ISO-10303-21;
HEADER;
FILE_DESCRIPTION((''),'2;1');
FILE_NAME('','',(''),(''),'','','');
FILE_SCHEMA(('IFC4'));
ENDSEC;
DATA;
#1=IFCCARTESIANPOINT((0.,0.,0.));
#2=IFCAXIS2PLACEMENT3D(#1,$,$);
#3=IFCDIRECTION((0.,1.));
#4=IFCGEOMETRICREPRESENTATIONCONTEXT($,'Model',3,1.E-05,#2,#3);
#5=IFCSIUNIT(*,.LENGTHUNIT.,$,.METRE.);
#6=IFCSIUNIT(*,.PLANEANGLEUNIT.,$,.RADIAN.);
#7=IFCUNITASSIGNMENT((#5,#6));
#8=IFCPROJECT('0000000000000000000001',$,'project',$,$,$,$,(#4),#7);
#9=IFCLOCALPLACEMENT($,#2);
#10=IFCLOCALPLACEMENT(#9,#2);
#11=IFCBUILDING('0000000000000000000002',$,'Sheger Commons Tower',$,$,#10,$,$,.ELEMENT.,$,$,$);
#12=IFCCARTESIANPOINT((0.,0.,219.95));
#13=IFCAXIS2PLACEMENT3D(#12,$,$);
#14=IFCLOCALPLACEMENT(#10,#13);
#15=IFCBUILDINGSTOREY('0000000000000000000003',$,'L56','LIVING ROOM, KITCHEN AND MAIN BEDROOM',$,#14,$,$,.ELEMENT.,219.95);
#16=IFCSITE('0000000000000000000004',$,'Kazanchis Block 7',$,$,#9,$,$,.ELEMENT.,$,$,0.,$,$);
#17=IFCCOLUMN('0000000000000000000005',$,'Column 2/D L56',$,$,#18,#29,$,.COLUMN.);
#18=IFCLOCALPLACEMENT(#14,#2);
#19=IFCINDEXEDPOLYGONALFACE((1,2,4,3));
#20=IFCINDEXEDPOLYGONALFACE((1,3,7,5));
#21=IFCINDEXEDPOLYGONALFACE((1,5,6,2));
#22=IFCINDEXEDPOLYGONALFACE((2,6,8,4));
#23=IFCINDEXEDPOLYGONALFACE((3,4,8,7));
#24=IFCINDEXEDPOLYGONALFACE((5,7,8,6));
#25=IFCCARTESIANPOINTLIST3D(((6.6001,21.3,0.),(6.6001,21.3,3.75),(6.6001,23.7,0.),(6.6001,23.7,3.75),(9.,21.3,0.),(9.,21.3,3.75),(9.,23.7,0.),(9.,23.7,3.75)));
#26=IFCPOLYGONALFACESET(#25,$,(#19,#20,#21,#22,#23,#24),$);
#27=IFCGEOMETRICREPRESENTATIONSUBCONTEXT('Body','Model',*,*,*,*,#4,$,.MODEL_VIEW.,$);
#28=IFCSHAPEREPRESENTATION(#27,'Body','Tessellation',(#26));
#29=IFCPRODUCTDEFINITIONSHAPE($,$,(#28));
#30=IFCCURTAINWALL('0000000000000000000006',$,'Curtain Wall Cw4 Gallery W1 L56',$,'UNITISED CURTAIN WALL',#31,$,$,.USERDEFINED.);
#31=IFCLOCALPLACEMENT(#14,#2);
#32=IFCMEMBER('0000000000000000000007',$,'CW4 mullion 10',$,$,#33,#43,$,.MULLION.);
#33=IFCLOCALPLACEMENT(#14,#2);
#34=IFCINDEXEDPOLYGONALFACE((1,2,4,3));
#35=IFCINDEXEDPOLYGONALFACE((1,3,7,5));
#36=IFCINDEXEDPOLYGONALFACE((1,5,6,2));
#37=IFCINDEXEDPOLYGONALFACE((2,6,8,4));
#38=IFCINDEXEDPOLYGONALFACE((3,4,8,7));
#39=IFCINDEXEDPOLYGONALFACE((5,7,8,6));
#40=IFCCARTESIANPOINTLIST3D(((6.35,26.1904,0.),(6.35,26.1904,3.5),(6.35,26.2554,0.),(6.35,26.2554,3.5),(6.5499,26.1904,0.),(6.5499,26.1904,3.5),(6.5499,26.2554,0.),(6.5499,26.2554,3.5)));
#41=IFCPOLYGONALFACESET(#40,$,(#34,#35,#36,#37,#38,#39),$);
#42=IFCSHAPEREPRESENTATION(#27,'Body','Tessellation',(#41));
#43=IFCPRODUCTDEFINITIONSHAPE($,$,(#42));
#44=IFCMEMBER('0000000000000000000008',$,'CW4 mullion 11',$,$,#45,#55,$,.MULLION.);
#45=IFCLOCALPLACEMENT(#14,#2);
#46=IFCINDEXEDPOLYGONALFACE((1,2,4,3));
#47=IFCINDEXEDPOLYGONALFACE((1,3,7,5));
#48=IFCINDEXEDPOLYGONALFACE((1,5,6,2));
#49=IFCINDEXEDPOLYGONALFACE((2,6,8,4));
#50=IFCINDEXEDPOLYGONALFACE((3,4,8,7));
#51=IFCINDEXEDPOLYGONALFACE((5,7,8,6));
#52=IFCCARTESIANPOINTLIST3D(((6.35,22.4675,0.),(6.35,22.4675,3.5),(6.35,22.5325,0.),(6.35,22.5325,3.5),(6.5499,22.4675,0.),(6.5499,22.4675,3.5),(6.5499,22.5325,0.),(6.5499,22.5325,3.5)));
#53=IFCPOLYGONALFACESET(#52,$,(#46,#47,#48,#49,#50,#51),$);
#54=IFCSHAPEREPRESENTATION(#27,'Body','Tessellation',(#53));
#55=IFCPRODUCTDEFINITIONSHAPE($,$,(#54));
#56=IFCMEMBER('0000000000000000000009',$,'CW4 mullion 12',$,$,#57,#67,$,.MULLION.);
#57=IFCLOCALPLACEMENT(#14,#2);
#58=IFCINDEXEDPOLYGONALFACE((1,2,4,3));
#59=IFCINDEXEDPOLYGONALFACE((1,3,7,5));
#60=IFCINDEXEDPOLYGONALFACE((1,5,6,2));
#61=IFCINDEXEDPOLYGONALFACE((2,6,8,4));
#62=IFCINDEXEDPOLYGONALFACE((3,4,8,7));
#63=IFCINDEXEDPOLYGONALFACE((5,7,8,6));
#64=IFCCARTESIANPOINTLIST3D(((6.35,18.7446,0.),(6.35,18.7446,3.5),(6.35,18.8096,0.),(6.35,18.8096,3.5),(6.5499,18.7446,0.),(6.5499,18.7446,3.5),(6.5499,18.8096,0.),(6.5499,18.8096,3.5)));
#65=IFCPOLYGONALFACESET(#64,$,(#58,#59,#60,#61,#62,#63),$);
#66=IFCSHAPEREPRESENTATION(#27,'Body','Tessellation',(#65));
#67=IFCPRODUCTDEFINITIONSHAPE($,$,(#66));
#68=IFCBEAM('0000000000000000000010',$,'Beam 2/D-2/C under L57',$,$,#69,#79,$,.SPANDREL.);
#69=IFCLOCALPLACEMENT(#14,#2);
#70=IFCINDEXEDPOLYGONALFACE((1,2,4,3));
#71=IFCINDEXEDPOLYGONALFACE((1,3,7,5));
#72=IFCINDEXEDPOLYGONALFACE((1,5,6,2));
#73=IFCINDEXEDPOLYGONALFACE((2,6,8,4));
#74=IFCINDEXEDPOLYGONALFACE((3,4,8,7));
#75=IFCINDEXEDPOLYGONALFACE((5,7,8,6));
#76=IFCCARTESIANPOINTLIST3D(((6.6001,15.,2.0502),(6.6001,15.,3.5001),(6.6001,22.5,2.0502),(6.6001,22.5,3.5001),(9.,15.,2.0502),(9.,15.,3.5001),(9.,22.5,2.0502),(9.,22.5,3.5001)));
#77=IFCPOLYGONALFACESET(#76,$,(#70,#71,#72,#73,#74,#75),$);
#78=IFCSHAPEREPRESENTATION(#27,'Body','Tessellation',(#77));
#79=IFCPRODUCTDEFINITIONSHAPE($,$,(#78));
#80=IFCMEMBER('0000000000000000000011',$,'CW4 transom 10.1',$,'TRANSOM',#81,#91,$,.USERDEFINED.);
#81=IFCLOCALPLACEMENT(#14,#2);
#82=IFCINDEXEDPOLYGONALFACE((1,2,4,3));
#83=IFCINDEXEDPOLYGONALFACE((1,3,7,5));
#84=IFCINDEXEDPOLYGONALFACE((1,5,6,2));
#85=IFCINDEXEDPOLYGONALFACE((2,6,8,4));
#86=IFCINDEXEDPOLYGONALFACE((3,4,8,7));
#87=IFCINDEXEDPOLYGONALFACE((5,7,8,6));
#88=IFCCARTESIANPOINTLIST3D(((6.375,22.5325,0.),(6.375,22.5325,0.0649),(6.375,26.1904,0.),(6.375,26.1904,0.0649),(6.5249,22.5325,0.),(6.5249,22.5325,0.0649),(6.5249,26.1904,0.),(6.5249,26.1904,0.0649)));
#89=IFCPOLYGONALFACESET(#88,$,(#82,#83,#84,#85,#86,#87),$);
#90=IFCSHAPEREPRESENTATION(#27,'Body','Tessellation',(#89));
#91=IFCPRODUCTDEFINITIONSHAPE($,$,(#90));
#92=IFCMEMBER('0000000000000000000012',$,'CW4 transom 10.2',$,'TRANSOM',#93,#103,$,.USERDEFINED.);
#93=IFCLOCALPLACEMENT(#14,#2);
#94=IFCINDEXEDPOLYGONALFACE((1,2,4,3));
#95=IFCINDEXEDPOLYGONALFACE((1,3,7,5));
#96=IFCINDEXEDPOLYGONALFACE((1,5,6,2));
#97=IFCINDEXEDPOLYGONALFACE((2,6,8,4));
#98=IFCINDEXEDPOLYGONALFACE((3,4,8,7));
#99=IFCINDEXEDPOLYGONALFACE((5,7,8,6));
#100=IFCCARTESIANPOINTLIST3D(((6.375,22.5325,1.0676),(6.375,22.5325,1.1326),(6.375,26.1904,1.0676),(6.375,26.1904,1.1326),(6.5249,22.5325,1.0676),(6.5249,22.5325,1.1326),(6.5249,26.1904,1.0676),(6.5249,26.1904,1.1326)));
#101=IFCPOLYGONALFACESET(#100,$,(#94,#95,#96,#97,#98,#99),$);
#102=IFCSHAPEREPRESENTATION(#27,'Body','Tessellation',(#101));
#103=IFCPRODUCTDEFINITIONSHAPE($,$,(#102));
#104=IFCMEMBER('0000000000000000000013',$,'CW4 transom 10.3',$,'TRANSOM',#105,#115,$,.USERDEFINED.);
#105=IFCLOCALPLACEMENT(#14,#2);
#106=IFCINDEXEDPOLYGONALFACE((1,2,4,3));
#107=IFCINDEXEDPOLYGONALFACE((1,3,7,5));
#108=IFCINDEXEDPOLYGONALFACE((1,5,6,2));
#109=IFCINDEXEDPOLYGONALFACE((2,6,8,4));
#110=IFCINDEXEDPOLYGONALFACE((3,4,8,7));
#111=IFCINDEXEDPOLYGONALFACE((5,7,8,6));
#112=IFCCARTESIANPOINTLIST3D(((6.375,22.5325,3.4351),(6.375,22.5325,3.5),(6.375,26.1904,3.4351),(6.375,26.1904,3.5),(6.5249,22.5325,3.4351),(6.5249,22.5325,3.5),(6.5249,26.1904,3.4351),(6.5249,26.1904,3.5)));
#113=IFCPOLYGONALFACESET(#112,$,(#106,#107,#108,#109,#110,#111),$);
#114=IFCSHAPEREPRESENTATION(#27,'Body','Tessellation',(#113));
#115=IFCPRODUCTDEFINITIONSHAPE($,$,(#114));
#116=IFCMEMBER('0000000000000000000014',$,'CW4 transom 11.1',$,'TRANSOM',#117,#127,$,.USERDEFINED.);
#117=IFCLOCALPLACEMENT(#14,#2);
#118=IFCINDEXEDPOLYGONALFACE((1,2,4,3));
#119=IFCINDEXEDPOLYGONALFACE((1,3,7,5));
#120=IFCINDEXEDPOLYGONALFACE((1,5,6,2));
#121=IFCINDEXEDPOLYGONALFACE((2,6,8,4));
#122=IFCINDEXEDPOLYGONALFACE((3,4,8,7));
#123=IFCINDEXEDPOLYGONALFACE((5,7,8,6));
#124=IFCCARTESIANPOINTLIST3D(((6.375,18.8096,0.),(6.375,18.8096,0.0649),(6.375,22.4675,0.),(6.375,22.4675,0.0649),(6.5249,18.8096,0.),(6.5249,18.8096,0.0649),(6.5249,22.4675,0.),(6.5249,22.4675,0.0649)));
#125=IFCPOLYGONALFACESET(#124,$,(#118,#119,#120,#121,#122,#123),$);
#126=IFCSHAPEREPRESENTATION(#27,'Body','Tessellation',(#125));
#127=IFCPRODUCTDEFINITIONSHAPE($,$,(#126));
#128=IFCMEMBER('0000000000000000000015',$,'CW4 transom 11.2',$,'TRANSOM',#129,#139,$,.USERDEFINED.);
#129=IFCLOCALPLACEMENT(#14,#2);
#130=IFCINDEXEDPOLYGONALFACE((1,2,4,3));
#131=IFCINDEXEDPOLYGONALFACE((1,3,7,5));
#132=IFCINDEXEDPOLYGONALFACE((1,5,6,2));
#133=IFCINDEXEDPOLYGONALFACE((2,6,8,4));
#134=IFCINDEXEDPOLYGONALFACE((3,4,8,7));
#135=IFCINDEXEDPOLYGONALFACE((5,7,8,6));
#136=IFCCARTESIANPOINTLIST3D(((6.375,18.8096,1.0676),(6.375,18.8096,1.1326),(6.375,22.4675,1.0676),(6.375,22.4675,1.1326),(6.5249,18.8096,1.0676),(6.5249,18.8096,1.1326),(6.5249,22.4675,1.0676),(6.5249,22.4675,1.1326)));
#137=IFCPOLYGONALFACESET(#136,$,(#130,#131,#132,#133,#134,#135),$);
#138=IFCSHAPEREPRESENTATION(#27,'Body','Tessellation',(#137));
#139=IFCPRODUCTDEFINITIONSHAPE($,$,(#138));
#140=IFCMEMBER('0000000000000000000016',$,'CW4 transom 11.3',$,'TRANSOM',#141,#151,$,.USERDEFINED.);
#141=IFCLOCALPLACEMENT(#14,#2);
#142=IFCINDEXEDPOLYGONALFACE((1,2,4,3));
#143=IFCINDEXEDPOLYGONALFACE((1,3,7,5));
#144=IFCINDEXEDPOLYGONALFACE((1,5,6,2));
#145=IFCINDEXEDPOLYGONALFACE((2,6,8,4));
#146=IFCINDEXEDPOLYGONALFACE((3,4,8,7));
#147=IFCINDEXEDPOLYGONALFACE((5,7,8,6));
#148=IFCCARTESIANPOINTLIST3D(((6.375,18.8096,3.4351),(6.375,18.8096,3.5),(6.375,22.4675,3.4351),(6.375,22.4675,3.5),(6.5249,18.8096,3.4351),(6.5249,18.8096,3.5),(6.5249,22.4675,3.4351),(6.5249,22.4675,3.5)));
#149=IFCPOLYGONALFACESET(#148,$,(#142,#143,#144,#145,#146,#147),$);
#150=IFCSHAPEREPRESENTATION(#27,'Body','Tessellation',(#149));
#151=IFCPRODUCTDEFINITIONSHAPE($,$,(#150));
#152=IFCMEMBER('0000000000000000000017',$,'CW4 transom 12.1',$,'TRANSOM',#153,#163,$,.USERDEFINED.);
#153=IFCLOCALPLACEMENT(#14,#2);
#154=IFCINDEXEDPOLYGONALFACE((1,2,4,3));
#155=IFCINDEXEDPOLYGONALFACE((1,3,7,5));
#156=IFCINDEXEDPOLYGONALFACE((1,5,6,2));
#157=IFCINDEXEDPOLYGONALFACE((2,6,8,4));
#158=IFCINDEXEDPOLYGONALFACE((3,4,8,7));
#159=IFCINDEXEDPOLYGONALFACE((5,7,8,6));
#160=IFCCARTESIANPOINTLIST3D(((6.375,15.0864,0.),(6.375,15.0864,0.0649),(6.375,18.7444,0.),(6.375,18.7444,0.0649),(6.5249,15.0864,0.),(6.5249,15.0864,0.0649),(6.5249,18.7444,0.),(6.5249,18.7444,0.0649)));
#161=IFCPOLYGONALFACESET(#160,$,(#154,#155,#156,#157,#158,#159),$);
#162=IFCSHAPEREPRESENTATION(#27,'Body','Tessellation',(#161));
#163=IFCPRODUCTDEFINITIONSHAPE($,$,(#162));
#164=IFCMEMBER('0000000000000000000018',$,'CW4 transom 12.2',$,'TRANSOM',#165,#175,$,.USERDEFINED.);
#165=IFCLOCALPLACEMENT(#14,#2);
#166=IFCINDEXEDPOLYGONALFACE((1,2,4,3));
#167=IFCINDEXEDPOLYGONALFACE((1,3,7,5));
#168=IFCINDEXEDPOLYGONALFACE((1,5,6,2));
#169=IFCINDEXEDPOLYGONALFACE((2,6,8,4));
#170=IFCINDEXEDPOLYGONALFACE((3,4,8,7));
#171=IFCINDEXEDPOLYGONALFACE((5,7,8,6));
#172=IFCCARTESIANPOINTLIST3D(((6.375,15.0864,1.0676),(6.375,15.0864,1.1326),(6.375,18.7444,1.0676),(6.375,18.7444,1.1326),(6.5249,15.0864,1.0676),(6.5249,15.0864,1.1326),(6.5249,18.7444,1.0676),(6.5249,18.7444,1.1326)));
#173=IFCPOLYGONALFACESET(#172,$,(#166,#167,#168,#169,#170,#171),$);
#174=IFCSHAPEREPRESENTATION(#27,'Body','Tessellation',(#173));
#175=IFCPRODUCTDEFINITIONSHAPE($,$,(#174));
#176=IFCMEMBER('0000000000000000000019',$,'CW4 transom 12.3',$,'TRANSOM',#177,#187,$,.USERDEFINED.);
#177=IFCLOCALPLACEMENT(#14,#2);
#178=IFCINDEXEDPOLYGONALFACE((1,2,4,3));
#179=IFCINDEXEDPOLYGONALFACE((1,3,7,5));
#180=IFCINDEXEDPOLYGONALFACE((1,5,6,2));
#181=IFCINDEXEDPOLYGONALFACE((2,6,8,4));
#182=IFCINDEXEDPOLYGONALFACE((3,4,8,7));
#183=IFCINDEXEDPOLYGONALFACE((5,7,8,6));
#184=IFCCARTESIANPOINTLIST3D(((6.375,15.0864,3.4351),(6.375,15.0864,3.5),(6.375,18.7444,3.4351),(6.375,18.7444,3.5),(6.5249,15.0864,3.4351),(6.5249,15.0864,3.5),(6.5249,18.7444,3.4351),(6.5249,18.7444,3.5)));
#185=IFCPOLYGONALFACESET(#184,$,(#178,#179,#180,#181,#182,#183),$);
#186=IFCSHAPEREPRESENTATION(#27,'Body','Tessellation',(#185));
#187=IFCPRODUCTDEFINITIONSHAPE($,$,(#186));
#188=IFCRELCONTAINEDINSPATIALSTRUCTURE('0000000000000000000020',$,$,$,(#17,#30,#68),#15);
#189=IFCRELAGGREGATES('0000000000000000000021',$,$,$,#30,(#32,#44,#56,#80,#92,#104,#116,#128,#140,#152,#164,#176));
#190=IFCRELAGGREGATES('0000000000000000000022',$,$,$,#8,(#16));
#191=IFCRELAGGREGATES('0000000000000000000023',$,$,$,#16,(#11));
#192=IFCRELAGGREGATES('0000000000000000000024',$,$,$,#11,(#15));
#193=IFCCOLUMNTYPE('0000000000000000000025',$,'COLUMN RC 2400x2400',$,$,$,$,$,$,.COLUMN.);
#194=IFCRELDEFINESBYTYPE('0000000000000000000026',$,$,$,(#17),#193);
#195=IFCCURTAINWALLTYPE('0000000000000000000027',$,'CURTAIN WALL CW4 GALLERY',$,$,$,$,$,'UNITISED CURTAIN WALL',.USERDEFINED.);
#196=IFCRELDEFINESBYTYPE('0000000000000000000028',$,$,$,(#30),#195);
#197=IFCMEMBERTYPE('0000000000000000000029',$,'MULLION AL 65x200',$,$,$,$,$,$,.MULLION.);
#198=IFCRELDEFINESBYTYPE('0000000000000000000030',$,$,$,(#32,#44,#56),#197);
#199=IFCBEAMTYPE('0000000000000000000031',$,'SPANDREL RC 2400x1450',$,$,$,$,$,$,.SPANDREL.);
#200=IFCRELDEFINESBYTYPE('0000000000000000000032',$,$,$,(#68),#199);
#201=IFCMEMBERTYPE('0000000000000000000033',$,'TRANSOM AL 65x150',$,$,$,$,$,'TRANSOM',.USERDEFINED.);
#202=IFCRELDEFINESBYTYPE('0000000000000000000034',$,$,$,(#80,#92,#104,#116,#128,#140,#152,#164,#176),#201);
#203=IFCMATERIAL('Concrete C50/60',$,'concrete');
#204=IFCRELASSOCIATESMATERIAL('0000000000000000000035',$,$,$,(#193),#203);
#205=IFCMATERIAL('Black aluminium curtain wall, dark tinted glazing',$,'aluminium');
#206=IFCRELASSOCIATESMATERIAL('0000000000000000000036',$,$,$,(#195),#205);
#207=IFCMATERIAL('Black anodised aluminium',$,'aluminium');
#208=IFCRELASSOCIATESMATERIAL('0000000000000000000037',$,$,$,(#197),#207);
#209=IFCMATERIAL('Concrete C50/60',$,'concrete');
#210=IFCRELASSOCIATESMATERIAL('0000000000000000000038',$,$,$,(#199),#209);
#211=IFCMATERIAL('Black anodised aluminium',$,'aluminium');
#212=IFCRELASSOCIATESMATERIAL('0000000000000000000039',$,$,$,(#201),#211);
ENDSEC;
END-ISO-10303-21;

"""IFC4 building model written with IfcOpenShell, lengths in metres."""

from ifc_helpers import new_model, si_unit, direction, frame, origin, origin_2d, place, context, subcontext, project, spatial, rectangle, extrude, material, material_profile, profile_set, type_object, element, aggregate, save


model = new_model("IFC4")

# Units and contexts
model_context = context("Model", 3, precision=1e-05, world=origin(), true_north=direction((0.0, 1.0)))
body_context = subcontext(model_context, "Body", "Model", "MODEL_VIEW")
ifc_project = project(units=[si_unit("LENGTHUNIT", "METRE"), si_unit("PLANEANGLEUNIT", "RADIAN")], contexts=[model_context])

# Site, building, storey
site_placement = place(None, origin())
site = spatial("IfcSite", under=ifc_project, at=site_placement, Name="Kazanchis Block 7", CompositionType="ELEMENT", RefElevation=0.0)
building_placement = place(site_placement, origin())
building = spatial("IfcBuilding", under=site, at=building_placement, Name="Sheger Commons Tower", CompositionType="ELEMENT")
storey_placement = place(building_placement, frame((0.0, 0.0, 219.95)))
storey = spatial("IfcBuildingStorey", under=building, at=storey_placement, Name="L56", Description="LIVING ROOM, KITCHEN AND MAIN BEDROOM", CompositionType="ELEMENT", Elevation=219.95)

# Column
ifc_material_1 = material(Name="Concrete C50/60", Category="concrete")
ifc_material_profile_1 = material_profile(ifc_material_1, rectangle(XDim=2.3999, YDim=2.3999, at=origin_2d()), Name="RC 2400x2400")
ifc_profile_set_1 = profile_set([ifc_material_profile_1], Name="Concrete C50/60")
column_type = type_object("IfcColumnType", Name="COLUMN RC 2400x2400", PredefinedType="COLUMN", material=ifc_profile_set_1)
column_placement = place(storey_placement, frame((7.8, 22.5, 0.0), z_axis=(0.0, 0.0, 1.0), x_axis=(1.0, 0.0, 0.0)))
element("IfcColumn", 1, at=column_placement, inside=storey, type_object=column_type, Name="Column 2/D L56", PredefinedType="COLUMN", context=body_context, shape_type="SweptSolid", body=[
    extrude(rectangle(XDim=2.3999, YDim=2.3999, at=origin_2d()), origin(), (0.0, 0.0, 1.0), 3.75),
])

# Curtain wall, members
ifc_material_2 = material(Name="Black aluminium curtain wall, dark tinted glazing", Category="aluminium")
curtain_wall_type = type_object("IfcCurtainWallType", Name="CURTAIN WALL CW4 GALLERY", ElementType="UNITISED CURTAIN WALL", PredefinedType="USERDEFINED", material=ifc_material_2)
curtain_wall_placement = place(storey_placement, origin())
curtain_wall = element("IfcCurtainWall", 2, at=curtain_wall_placement, inside=storey, type_object=curtain_wall_type, Name="Curtain Wall Cw4 Gallery W1 L56", ObjectType="UNITISED CURTAIN WALL", PredefinedType="USERDEFINED")
ifc_material_3 = material(Name="Black anodised aluminium", Category="aluminium")
ifc_material_profile_2 = material_profile(ifc_material_3, rectangle(XDim=0.2, YDim=0.0649, at=origin_2d()), Name="AL 65x200")
ifc_profile_set_2 = profile_set([ifc_material_profile_2], Name="Black anodised aluminium")
member_type_1 = type_object("IfcMemberType", Name="MULLION AL 65x200", PredefinedType="MULLION", material=ifc_profile_set_2)
member_1_placement = place(storey_placement, frame((6.45, 26.2229, 0.0), z_axis=(0.0, 0.0, 1.0), x_axis=(1.0, 0.0, 0.0)))
member_1 = element("IfcMember", 3, at=member_1_placement, type_object=member_type_1, Name="CW4 mullion 10", PredefinedType="MULLION", context=body_context, shape_type="SweptSolid", body=[
    extrude(rectangle(XDim=0.2, YDim=0.0649, at=origin_2d()), origin(), (0.0, 0.0, 1.0), 3.5),
])
member_2_placement = place(storey_placement, frame((6.45, 22.5, 0.0), z_axis=(0.0, 0.0, 1.0), x_axis=(1.0, 0.0, 0.0)))
member_2 = element("IfcMember", 4, at=member_2_placement, type_object=member_type_1, Name="CW4 mullion 11", PredefinedType="MULLION", context=body_context, shape_type="SweptSolid", body=[
    extrude(rectangle(XDim=0.2, YDim=0.0649, at=origin_2d()), origin(), (0.0, 0.0, 1.0), 3.5),
])
member_3_placement = place(storey_placement, frame((6.45, 18.7771, 0.0), z_axis=(0.0, 0.0, 1.0), x_axis=(1.0, 0.0, 0.0)))
member_3 = element("IfcMember", 5, at=member_3_placement, type_object=member_type_1, Name="CW4 mullion 12", PredefinedType="MULLION", context=body_context, shape_type="SweptSolid", body=[
    extrude(rectangle(XDim=0.2, YDim=0.0649, at=origin_2d()), origin(), (0.0, 0.0, 1.0), 3.5),
])

# Beam
ifc_material_4 = material(Name="Concrete C50/60", Category="concrete")
ifc_material_profile_3 = material_profile(ifc_material_4, rectangle(XDim=2.3999, YDim=1.45, at=origin_2d()), Name="RC 2400x1450")
ifc_profile_set_3 = profile_set([ifc_material_profile_3], Name="Concrete C50/60")
beam_type = type_object("IfcBeamType", Name="SPANDREL RC 2400x1450", PredefinedType="SPANDREL", material=ifc_profile_set_3)
beam_placement = place(storey_placement, frame((7.8, 22.5, 2.7751), z_axis=(0.0, -1.0, 0.0), x_axis=(1.0, 0.0, 0.0)))
element("IfcBeam", 6, at=beam_placement, inside=storey, type_object=beam_type, Name="Beam 2/D-2/C under L57", PredefinedType="SPANDREL", context=body_context, shape_type="SweptSolid", body=[
    extrude(rectangle(XDim=2.3999, YDim=1.45, at=origin_2d()), origin(), (0.0, 0.0, 1.0), 7.5),
])

# Members
ifc_material_5 = material(Name="Black anodised aluminium", Category="aluminium")
ifc_material_profile_4 = material_profile(ifc_material_5, rectangle(XDim=0.1499, YDim=0.0649, at=origin_2d()), Name="AL 65x150")
ifc_profile_set_4 = profile_set([ifc_material_profile_4], Name="Black anodised aluminium")
member_type_2 = type_object("IfcMemberType", Name="TRANSOM AL 65x150", ElementType="TRANSOM", PredefinedType="USERDEFINED", material=ifc_profile_set_4)
member_4_placement = place(storey_placement, frame((6.45, 26.1904, 0.0325), z_axis=(0.0, -1.0, 0.0), x_axis=(1.0, 0.0, 0.0)))
member_4 = element("IfcMember", 7, at=member_4_placement, type_object=member_type_2, Name="CW4 transom 10.1", ObjectType="TRANSOM", PredefinedType="USERDEFINED", context=body_context, shape_type="SweptSolid", body=[
    extrude(rectangle(XDim=0.1499, YDim=0.0649, at=origin_2d()), origin(), (0.0, 0.0, 1.0), 3.658),
])
member_5_placement = place(storey_placement, frame((6.45, 26.1904, 1.1001), z_axis=(0.0, -1.0, 0.0), x_axis=(1.0, 0.0, 0.0)))
member_5 = element("IfcMember", 8, at=member_5_placement, type_object=member_type_2, Name="CW4 transom 10.2", ObjectType="TRANSOM", PredefinedType="USERDEFINED", context=body_context, shape_type="SweptSolid", body=[
    extrude(rectangle(XDim=0.1499, YDim=0.0649, at=origin_2d()), origin(), (0.0, 0.0, 1.0), 3.658),
])
member_6_placement = place(storey_placement, frame((6.45, 26.1904, 3.4675), z_axis=(0.0, -1.0, 0.0), x_axis=(1.0, 0.0, 0.0)))
member_6 = element("IfcMember", 9, at=member_6_placement, type_object=member_type_2, Name="CW4 transom 10.3", ObjectType="TRANSOM", PredefinedType="USERDEFINED", context=body_context, shape_type="SweptSolid", body=[
    extrude(rectangle(XDim=0.1499, YDim=0.0649, at=origin_2d()), origin(), (0.0, 0.0, 1.0), 3.658),
])
member_7_placement = place(storey_placement, frame((6.45, 22.4675, 0.0325), z_axis=(0.0, -1.0, 0.0), x_axis=(1.0, 0.0, 0.0)))
member_7 = element("IfcMember", 10, at=member_7_placement, type_object=member_type_2, Name="CW4 transom 11.1", ObjectType="TRANSOM", PredefinedType="USERDEFINED", context=body_context, shape_type="SweptSolid", body=[
    extrude(rectangle(XDim=0.1499, YDim=0.0649, at=origin_2d()), origin(), (0.0, 0.0, 1.0), 3.658),
])
member_8_placement = place(storey_placement, frame((6.45, 22.4675, 1.1001), z_axis=(0.0, -1.0, 0.0), x_axis=(1.0, 0.0, 0.0)))
member_8 = element("IfcMember", 11, at=member_8_placement, type_object=member_type_2, Name="CW4 transom 11.2", ObjectType="TRANSOM", PredefinedType="USERDEFINED", context=body_context, shape_type="SweptSolid", body=[
    extrude(rectangle(XDim=0.1499, YDim=0.0649, at=origin_2d()), origin(), (0.0, 0.0, 1.0), 3.658),
])
member_9_placement = place(storey_placement, frame((6.45, 22.4675, 3.4675), z_axis=(0.0, -1.0, 0.0), x_axis=(1.0, 0.0, 0.0)))
member_9 = element("IfcMember", 12, at=member_9_placement, type_object=member_type_2, Name="CW4 transom 11.3", ObjectType="TRANSOM", PredefinedType="USERDEFINED", context=body_context, shape_type="SweptSolid", body=[
    extrude(rectangle(XDim=0.1499, YDim=0.0649, at=origin_2d()), origin(), (0.0, 0.0, 1.0), 3.658),
])
member_10_placement = place(storey_placement, frame((6.45, 18.7444, 0.0325), z_axis=(0.0, -1.0, 0.0), x_axis=(1.0, 0.0, 0.0)))
member_10 = element("IfcMember", 13, at=member_10_placement, type_object=member_type_2, Name="CW4 transom 12.1", ObjectType="TRANSOM", PredefinedType="USERDEFINED", context=body_context, shape_type="SweptSolid", body=[
    extrude(rectangle(XDim=0.1499, YDim=0.0649, at=origin_2d()), origin(), (0.0, 0.0, 1.0), 3.658),
])
member_11_placement = place(storey_placement, frame((6.45, 18.7444, 1.1001), z_axis=(0.0, -1.0, 0.0), x_axis=(1.0, 0.0, 0.0)))
member_11 = element("IfcMember", 14, at=member_11_placement, type_object=member_type_2, Name="CW4 transom 12.2", ObjectType="TRANSOM", PredefinedType="USERDEFINED", context=body_context, shape_type="SweptSolid", body=[
    extrude(rectangle(XDim=0.1499, YDim=0.0649, at=origin_2d()), origin(), (0.0, 0.0, 1.0), 3.658),
])
member_12_placement = place(storey_placement, frame((6.45, 18.7444, 3.4675), z_axis=(0.0, -1.0, 0.0), x_axis=(1.0, 0.0, 0.0)))
member_12 = element("IfcMember", 15, at=member_12_placement, type_object=member_type_2, Name="CW4 transom 12.3", ObjectType="TRANSOM", PredefinedType="USERDEFINED", context=body_context, shape_type="SweptSolid", body=[
    extrude(rectangle(XDim=0.1499, YDim=0.0649, at=origin_2d()), origin(), (0.0, 0.0, 1.0), 3.658),
])

aggregate(curtain_wall, [member_1, member_2, member_3, member_4, member_5, member_6, member_7, member_8, member_9, member_10, member_11, member_12])

save(model, "model.ifc")
